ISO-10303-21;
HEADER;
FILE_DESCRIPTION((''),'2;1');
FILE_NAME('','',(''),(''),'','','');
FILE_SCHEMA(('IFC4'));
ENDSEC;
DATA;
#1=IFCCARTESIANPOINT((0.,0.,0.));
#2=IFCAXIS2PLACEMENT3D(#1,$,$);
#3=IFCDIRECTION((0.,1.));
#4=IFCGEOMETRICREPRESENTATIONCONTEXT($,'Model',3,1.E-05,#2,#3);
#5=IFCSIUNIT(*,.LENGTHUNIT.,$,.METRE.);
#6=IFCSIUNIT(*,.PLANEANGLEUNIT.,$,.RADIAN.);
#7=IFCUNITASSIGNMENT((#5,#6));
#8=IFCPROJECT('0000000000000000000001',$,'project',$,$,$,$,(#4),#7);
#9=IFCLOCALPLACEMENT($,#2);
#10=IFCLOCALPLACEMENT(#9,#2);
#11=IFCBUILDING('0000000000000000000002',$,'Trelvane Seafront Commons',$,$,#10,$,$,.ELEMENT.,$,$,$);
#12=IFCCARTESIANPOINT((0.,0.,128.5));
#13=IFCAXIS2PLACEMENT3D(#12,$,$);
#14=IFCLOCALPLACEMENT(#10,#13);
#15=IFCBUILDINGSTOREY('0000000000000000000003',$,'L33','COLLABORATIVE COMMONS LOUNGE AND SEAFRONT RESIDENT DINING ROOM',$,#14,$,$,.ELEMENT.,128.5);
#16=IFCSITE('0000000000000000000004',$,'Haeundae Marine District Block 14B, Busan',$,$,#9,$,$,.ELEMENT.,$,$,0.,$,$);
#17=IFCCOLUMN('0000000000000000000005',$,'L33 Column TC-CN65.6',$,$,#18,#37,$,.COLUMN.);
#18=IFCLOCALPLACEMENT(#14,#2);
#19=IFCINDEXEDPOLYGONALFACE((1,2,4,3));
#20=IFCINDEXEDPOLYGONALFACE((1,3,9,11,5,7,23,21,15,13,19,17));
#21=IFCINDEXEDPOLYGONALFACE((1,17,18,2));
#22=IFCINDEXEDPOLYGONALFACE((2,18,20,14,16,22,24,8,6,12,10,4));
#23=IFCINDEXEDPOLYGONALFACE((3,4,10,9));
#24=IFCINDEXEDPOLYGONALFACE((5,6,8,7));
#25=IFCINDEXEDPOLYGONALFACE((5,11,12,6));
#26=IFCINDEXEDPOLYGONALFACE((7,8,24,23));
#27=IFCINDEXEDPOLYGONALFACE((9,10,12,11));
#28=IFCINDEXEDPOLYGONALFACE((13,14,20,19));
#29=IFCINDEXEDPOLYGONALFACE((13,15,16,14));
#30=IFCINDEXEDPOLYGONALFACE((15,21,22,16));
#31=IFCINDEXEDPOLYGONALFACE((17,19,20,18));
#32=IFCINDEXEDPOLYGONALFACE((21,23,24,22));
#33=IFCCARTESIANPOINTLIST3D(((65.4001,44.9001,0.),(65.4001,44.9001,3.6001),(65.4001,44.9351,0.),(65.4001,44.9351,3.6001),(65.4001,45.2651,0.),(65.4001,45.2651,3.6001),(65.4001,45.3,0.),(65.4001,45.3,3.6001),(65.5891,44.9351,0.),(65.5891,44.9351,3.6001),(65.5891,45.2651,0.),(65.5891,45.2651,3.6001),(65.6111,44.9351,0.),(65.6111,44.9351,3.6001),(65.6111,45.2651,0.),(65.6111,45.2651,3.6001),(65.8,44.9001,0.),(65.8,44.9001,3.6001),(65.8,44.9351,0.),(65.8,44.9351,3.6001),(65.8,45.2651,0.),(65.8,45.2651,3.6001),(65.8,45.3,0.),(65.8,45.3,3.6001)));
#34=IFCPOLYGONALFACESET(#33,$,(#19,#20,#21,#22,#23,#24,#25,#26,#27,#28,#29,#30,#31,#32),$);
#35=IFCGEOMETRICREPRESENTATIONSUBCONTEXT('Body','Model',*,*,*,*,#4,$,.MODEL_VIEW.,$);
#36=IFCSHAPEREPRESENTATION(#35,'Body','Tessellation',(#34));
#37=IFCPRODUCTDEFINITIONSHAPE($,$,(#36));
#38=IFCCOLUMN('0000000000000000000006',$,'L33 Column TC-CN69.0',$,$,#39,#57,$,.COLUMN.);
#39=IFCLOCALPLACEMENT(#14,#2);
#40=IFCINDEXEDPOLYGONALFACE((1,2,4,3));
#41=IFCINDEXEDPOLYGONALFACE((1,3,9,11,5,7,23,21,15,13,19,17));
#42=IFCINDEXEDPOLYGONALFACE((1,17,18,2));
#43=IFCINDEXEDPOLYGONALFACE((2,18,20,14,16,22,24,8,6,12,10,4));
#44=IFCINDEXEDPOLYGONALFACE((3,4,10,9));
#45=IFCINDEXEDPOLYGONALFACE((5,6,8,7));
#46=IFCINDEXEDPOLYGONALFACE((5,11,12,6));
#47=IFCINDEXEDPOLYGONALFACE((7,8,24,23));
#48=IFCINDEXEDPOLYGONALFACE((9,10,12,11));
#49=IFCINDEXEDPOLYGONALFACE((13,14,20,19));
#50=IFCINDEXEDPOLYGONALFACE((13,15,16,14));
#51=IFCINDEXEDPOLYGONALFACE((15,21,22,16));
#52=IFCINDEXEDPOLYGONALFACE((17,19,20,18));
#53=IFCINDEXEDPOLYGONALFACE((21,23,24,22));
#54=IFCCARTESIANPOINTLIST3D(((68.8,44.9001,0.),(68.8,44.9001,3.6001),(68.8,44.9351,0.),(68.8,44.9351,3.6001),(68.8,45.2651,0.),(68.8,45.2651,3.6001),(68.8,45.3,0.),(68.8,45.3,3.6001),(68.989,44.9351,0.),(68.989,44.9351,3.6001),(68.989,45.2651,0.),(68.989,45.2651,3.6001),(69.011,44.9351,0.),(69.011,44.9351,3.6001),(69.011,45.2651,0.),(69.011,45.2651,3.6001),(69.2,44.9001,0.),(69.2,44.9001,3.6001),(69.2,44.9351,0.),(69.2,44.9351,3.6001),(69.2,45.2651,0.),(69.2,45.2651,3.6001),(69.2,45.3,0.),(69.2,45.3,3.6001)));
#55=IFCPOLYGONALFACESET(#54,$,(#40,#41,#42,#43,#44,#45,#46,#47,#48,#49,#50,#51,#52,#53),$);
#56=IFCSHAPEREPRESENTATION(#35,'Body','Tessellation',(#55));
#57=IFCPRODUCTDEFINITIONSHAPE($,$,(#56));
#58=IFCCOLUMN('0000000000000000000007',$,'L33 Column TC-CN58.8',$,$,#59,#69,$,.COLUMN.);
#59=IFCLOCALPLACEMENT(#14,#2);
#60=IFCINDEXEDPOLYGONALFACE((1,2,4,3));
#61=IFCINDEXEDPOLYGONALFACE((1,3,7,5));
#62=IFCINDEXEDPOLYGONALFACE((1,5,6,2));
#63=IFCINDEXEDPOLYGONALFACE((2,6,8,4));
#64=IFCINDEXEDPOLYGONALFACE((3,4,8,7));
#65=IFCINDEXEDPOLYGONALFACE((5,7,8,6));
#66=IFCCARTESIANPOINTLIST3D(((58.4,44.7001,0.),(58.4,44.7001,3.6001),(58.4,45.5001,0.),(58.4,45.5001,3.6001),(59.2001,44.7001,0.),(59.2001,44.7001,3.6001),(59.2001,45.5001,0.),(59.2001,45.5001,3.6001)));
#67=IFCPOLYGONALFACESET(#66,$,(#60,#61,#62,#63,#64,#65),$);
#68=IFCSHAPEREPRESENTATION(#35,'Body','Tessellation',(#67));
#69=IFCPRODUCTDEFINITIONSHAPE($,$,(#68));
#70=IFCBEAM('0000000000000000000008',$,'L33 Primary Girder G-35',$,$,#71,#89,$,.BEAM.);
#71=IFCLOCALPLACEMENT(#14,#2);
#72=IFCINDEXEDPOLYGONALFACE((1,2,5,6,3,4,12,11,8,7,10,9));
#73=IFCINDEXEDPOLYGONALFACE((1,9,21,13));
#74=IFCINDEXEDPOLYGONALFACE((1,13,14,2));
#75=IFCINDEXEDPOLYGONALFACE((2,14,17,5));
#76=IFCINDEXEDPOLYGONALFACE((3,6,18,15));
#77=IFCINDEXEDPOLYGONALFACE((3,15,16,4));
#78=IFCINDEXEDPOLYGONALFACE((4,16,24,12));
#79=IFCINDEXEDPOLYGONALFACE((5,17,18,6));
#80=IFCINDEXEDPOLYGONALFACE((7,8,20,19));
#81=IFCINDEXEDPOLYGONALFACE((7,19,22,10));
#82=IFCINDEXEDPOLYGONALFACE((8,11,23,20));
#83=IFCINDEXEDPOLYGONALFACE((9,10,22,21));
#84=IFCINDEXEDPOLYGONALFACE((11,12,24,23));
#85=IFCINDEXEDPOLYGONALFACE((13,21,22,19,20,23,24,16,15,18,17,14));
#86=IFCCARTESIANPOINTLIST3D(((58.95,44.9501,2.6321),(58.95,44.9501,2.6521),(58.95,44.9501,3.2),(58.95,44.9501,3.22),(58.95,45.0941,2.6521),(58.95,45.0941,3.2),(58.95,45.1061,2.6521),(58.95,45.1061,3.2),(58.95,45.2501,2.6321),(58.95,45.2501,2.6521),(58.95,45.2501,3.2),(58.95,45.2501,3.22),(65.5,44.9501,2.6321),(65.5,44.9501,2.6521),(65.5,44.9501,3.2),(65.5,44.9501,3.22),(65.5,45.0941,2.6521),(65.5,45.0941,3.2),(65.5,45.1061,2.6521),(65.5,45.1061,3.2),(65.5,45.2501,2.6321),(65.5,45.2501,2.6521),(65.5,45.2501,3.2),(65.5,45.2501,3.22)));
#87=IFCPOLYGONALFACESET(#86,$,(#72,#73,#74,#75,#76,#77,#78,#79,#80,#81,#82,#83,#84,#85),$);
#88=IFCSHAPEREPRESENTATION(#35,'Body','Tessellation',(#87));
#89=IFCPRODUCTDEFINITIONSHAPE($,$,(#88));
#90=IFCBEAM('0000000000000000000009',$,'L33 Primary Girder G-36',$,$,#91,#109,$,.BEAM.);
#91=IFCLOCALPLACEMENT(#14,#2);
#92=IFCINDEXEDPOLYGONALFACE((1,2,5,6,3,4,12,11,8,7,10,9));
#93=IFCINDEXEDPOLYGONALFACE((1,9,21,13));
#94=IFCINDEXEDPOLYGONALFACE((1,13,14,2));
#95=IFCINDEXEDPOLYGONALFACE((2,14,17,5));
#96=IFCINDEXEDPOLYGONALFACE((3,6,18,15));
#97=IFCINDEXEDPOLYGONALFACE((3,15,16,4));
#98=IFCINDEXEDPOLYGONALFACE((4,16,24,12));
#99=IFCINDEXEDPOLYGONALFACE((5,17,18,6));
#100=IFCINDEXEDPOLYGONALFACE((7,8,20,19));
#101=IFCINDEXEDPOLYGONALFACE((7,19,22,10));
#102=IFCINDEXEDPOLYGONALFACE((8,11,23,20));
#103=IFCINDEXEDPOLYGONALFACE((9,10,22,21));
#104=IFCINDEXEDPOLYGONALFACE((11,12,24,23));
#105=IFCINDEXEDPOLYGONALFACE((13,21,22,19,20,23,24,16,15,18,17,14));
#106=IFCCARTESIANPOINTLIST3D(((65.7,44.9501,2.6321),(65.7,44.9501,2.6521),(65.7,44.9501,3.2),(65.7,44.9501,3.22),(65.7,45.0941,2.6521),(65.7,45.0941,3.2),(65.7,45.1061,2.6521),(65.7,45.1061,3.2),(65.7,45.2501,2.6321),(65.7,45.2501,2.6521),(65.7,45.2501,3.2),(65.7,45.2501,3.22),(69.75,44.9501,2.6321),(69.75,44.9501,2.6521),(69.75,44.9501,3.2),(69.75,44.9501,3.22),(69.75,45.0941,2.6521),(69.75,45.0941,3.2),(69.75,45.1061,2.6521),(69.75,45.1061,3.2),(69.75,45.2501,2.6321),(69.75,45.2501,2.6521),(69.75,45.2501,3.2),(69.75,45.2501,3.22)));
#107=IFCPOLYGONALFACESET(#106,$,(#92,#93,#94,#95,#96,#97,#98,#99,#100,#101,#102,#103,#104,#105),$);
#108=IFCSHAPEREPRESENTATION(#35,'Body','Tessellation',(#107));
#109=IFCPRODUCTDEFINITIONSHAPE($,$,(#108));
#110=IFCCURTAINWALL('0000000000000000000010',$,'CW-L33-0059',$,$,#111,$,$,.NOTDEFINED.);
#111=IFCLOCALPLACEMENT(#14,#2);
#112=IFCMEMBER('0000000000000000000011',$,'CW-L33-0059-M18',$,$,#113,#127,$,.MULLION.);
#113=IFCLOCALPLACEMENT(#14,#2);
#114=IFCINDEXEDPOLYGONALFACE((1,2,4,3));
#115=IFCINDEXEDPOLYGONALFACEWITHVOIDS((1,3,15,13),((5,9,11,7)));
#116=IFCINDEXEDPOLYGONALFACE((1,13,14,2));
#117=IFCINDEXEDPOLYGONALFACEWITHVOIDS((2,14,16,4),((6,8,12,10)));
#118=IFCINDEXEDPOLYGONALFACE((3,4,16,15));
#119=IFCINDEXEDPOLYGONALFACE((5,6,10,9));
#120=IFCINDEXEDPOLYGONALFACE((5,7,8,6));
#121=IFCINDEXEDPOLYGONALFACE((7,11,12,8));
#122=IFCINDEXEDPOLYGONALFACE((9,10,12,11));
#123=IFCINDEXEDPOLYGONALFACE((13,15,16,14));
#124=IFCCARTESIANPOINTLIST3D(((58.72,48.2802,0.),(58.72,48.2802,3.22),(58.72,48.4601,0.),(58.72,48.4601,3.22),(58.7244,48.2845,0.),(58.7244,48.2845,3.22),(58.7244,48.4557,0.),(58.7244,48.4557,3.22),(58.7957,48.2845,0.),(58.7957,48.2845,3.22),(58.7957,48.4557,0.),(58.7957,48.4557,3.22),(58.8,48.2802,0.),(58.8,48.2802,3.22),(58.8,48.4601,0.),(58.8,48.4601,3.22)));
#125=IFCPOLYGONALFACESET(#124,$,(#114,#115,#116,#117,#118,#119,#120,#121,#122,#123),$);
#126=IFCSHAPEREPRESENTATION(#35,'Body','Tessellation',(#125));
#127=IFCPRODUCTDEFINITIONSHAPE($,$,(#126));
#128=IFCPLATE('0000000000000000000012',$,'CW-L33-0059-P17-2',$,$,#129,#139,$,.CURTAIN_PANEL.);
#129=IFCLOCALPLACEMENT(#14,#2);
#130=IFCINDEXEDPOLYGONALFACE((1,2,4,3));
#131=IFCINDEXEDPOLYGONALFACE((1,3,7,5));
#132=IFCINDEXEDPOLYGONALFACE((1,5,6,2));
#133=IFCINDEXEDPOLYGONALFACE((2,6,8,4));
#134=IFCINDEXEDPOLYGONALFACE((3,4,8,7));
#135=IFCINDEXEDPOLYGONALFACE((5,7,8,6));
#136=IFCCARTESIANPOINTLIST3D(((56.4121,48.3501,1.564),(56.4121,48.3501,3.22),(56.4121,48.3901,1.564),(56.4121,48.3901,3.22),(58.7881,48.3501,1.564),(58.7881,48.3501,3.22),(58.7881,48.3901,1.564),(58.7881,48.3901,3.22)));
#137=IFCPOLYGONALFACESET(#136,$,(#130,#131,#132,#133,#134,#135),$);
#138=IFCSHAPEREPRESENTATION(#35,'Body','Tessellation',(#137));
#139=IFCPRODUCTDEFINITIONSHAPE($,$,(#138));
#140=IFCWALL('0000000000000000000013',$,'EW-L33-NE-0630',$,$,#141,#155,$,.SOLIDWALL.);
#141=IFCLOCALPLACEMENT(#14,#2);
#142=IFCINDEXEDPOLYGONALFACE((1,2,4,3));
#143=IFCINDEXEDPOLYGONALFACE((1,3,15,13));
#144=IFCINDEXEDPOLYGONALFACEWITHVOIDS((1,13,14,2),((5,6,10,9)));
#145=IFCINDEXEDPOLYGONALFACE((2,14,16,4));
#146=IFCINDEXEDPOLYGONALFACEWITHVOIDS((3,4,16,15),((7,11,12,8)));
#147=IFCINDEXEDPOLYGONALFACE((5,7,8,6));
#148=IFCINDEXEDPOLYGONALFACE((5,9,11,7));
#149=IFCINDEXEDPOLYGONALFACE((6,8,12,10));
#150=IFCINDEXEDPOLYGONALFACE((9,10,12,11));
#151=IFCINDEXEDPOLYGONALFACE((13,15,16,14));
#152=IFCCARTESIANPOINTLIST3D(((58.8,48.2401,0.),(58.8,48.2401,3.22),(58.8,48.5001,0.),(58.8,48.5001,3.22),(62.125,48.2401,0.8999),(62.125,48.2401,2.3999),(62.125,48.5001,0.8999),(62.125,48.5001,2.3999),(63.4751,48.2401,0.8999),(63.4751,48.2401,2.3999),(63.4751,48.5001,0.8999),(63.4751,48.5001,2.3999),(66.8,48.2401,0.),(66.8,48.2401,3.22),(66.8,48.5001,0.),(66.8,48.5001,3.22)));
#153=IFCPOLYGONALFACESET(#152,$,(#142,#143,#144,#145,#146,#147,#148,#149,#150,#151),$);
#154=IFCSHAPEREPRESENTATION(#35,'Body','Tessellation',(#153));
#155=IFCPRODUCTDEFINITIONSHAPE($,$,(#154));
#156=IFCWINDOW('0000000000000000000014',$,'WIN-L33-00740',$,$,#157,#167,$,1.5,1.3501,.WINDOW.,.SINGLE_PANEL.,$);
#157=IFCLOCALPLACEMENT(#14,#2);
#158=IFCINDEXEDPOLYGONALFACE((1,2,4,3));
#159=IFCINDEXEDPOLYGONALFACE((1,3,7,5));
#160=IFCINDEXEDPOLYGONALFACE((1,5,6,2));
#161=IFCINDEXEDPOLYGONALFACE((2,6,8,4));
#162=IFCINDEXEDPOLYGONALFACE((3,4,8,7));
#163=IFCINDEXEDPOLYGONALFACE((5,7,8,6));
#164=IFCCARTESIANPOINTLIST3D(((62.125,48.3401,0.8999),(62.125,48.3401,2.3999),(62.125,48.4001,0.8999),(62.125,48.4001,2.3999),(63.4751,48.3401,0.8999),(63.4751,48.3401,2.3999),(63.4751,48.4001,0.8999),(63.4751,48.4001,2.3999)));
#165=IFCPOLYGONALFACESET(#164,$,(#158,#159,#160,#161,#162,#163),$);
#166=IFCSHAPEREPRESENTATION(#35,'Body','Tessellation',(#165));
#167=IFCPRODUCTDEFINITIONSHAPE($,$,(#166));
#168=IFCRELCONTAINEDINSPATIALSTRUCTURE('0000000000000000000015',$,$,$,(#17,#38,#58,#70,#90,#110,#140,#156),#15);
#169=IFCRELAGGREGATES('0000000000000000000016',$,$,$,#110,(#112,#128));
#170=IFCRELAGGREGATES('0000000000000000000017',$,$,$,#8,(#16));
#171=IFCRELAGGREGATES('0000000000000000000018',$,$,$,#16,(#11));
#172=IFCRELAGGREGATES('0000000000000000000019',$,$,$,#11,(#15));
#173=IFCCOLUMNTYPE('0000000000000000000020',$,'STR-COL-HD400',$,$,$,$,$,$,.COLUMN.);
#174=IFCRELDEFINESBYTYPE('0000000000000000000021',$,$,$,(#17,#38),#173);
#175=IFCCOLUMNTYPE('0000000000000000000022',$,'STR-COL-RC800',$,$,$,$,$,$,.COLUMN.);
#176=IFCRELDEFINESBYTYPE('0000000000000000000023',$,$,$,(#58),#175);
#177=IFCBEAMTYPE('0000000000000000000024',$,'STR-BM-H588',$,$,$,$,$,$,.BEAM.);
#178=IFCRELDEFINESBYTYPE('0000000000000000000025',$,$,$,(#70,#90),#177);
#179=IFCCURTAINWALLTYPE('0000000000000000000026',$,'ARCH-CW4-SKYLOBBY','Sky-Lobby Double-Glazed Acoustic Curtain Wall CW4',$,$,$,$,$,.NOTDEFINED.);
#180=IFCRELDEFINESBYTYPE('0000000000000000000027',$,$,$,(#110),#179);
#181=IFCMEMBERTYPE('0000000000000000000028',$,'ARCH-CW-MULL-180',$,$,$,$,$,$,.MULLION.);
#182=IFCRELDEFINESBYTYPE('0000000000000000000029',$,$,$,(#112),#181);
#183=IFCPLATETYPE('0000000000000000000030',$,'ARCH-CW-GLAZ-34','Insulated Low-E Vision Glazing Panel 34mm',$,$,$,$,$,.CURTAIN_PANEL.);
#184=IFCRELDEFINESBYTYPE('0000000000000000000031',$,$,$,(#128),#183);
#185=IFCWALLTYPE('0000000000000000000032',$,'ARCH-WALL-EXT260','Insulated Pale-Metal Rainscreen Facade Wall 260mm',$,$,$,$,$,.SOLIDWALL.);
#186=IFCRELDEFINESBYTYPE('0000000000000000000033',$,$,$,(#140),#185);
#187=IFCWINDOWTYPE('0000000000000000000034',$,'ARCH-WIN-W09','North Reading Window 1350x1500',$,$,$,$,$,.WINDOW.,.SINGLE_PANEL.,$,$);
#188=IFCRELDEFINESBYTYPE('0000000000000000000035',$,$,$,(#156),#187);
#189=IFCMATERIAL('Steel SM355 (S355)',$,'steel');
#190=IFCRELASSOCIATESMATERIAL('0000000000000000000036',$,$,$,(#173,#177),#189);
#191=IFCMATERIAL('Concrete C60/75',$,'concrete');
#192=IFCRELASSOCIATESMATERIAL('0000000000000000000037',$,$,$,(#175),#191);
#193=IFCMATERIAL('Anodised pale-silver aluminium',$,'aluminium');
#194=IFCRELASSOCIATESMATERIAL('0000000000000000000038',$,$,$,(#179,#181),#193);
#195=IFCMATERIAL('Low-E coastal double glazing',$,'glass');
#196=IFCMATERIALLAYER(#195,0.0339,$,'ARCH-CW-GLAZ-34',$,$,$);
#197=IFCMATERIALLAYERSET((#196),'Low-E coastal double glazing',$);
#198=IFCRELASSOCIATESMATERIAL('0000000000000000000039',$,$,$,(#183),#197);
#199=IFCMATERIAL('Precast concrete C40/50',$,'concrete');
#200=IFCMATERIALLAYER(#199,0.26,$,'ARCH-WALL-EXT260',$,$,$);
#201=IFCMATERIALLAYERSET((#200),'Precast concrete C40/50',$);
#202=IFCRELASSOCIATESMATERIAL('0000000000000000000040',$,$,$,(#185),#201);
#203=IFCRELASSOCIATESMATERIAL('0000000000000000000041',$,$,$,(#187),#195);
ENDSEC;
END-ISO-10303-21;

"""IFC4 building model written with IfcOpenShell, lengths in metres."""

from ifc_helpers import new_model, si_unit, direction, frame, frame_2d, origin, origin_2d, place, context, subcontext, project, spatial, rectangle, hollow_rectangle, i_section, extrude, source, transform, mapped, material, layer, layer_set, material_profile, profile_set, type_object, element, fill, aggregate, save


model = new_model("IFC4")

# Units and contexts
model_context = context("Model", 3, precision=1e-05, world=origin(), true_north=direction((0.0, 1.0)))
body_context = subcontext(model_context, "Body", "Model", "MODEL_VIEW")
ifc_project = project(units=[si_unit("LENGTHUNIT", "METRE"), si_unit("PLANEANGLEUNIT", "RADIAN")], contexts=[model_context])

# Site, building, storey
site_placement = place(None, origin())
site = spatial("IfcSite", under=ifc_project, at=site_placement, Name="Haeundae Marine District Block 14B, Busan", CompositionType="ELEMENT", RefElevation=0.0)
building_placement = place(site_placement, origin())
building = spatial("IfcBuilding", under=site, at=building_placement, Name="Trelvane Seafront Commons", CompositionType="ELEMENT")
storey_placement = place(building_placement, frame((0.0, 0.0, 128.5)))
storey = spatial("IfcBuildingStorey", under=building, at=storey_placement, Name="L33", Description="COLLABORATIVE COMMONS LOUNGE AND SEAFRONT RESIDENT DINING ROOM", CompositionType="ELEMENT", Elevation=128.5)

# Columns
ifc_material_1 = material(Name="Steel SM355 (S355)", Category="steel")
ifc_material_profile_1 = material_profile(ifc_material_1, i_section(OverallWidth=0.3999, OverallDepth=0.3999, WebThickness=0.022, FlangeThickness=0.0349, at=origin_2d()), Name="HD-400x400x22x35")
ifc_profile_set_1 = profile_set([ifc_material_profile_1], Name="Steel SM355 (S355)")
column_type_1 = type_object("IfcColumnType", Name="STR-COL-HD400", PredefinedType="COLUMN", material=ifc_profile_set_1)
shared_shape_1 = source(origin(), body_context, "Body", "SweptSolid", [
    extrude(i_section(OverallWidth=0.3999, OverallDepth=0.3999, WebThickness=0.022, FlangeThickness=0.0349, at=origin_2d()), origin(), (0.0, 0.0, 1.0), 3.6001),
])
for number, where, z_axis, x_axis, name in (
    (1, (65.6001, 45.1001, 0.0), (0.0, 0.0, 1.0), (1.0, 0.0, 0.0), "L33 Column TC-CN65.6"),
    (2, (69.0, 45.1001, 0.0), (0.0, 0.0, 1.0), (1.0, 0.0, 0.0), "L33 Column TC-CN69.0"),
):
    element("IfcColumn", number, at=place(storey_placement, frame(where, z_axis=z_axis, x_axis=x_axis)), inside=storey, type_object=column_type_1, Name=name, PredefinedType="COLUMN", context=body_context, shape_type="MappedRepresentation", body=[
        mapped(shared_shape_1, transform((0.0, 0.0, 0.0), x_axis=(1.0, 0.0, 0.0), y_axis=(0.0, 1.0, 0.0), z_axis=(0.0, 0.0, 1.0), scale=1.0)),
    ])
ifc_material_2 = material(Name="Concrete C60/75", Category="concrete")
ifc_material_profile_2 = material_profile(ifc_material_2, rectangle(XDim=0.8, YDim=0.8, at=origin_2d()), Name="RC-800x800")
ifc_profile_set_2 = profile_set([ifc_material_profile_2], Name="Concrete C60/75")
column_type_2 = type_object("IfcColumnType", Name="STR-COL-RC800", PredefinedType="COLUMN", material=ifc_profile_set_2)
shared_shape_2 = source(origin(), body_context, "Body", "SweptSolid", [
    extrude(rectangle(XDim=0.8, YDim=0.8, at=origin_2d()), origin(), (0.0, 0.0, 1.0), 3.6001),
])
column_placement = place(storey_placement, frame((58.8, 45.1001, 0.0), z_axis=(0.0, 0.0, 1.0), x_axis=(1.0, 0.0, 0.0)))
element("IfcColumn", 3, at=column_placement, inside=storey, type_object=column_type_2, Name="L33 Column TC-CN58.8", PredefinedType="COLUMN", context=body_context, shape_type="MappedRepresentation", body=[
    mapped(shared_shape_2, transform((0.0, 0.0, 0.0), x_axis=(1.0, 0.0, 0.0), y_axis=(0.0, 1.0, 0.0), z_axis=(0.0, 0.0, 1.0), scale=1.0)),
])

# Beams
ifc_material_profile_3 = material_profile(ifc_material_1, i_section(OverallWidth=0.3, OverallDepth=0.5879, WebThickness=0.012, FlangeThickness=0.02, at=origin_2d()), Name="H-588x300x12x20")
ifc_profile_set_3 = profile_set([ifc_material_profile_3], Name="Steel SM355 (S355)")
beam_type = type_object("IfcBeamType", Name="STR-BM-H588", PredefinedType="BEAM", material=ifc_profile_set_3)
shared_shape_3 = source(origin(), body_context, "Body", "SweptSolid", [
    extrude(i_section(OverallWidth=0.3, OverallDepth=0.5879, WebThickness=0.012, FlangeThickness=0.02, at=origin_2d()), origin(), (0.0, 0.0, 1.0), 6.55),
])
beam_1_placement = place(storey_placement, frame((58.95, 45.1001, 2.926), z_axis=(1.0, 0.0, 0.0), x_axis=(0.0, 1.0, 0.0)))
element("IfcBeam", 4, at=beam_1_placement, inside=storey, type_object=beam_type, Name="L33 Primary Girder G-35", PredefinedType="BEAM", context=body_context, shape_type="MappedRepresentation", body=[
    mapped(shared_shape_3, transform((0.0, 0.0, 0.0), x_axis=(1.0, 0.0, 0.0), y_axis=(0.0, 1.0, 0.0), z_axis=(0.0, 0.0, 1.0), scale=1.0)),
])
shared_shape_4 = source(origin(), body_context, "Body", "SweptSolid", [
    extrude(i_section(OverallWidth=0.3, OverallDepth=0.5879, WebThickness=0.012, FlangeThickness=0.02, at=origin_2d()), origin(), (0.0, 0.0, 1.0), 4.05),
])
beam_2_placement = place(storey_placement, frame((65.7, 45.1001, 2.926), z_axis=(1.0, 0.0, 0.0), x_axis=(0.0, 1.0, 0.0)))
element("IfcBeam", 5, at=beam_2_placement, inside=storey, type_object=beam_type, Name="L33 Primary Girder G-36", PredefinedType="BEAM", context=body_context, shape_type="MappedRepresentation", body=[
    mapped(shared_shape_4, transform((0.0, 0.0, 0.0), x_axis=(1.0, 0.0, 0.0), y_axis=(0.0, 1.0, 0.0), z_axis=(0.0, 0.0, 1.0), scale=1.0)),
])

# Curtain wall, member, plate
ifc_material_3 = material(Name="Anodised pale-silver aluminium", Category="aluminium")
curtain_wall_type = type_object("IfcCurtainWallType", Name="ARCH-CW4-SKYLOBBY", Description="Sky-Lobby Double-Glazed Acoustic Curtain Wall CW4", PredefinedType="NOTDEFINED", material=ifc_material_3)
curtain_wall_placement = place(storey_placement, origin())
curtain_wall = element("IfcCurtainWall", 6, at=curtain_wall_placement, inside=storey, type_object=curtain_wall_type, Name="CW-L33-0059", PredefinedType="NOTDEFINED")
ifc_material_profile_4 = material_profile(ifc_material_3, hollow_rectangle(XDim=0.0801, YDim=0.1799, WallThickness=0.0044, at=origin_2d()), Name="MULL-80x180x4.5")
ifc_profile_set_4 = profile_set([ifc_material_profile_4], Name="Anodised pale-silver aluminium")
member_type = type_object("IfcMemberType", Name="ARCH-CW-MULL-180", PredefinedType="MULLION", material=ifc_profile_set_4)
shared_shape_5 = source(origin(), body_context, "Body", "SweptSolid", [
    extrude(hollow_rectangle(XDim=0.0801, YDim=0.1799, WallThickness=0.0044, at=origin_2d()), origin(), (0.0, 0.0, 1.0), 3.22),
])
member_placement = place(storey_placement, frame((58.76, 48.3701, 0.0), z_axis=(0.0, 0.0, 1.0), x_axis=(1.0, 0.0, 0.0)))
member = element("IfcMember", 7, at=member_placement, type_object=member_type, Name="CW-L33-0059-M18", PredefinedType="MULLION", context=body_context, shape_type="MappedRepresentation", body=[
    mapped(shared_shape_5, transform((0.0, 0.0, 0.0), x_axis=(1.0, 0.0, 0.0), y_axis=(0.0, 1.0, 0.0), z_axis=(0.0, 0.0, 1.0), scale=1.0)),
])
ifc_material_4 = material(Name="Low-E coastal double glazing", Category="glass")
ifc_layer_1 = layer(ifc_material_4, 0.0339, Name="ARCH-CW-GLAZ-34")
ifc_layer_set_1 = layer_set([ifc_layer_1], Name="Low-E coastal double glazing")
plate_type = type_object("IfcPlateType", Name="ARCH-CW-GLAZ-34", Description="Insulated Low-E Vision Glazing Panel 34mm", PredefinedType="CURTAIN_PANEL", material=ifc_layer_set_1)
shared_shape_6 = source(origin(), body_context, "Body", "SweptSolid", [
    extrude(rectangle(XDim=2.376, YDim=0.04, at=origin_2d()), origin(), (0.0, 0.0, 1.0), 1.656),
])
plate_placement = place(storey_placement, frame((57.6001, 48.3701, 1.564), z_axis=(0.0, 0.0, 1.0), x_axis=(1.0, 0.0, 0.0)))
plate = element("IfcPlate", 8, at=plate_placement, type_object=plate_type, Name="CW-L33-0059-P17-2", PredefinedType="CURTAIN_PANEL", context=body_context, shape_type="MappedRepresentation", body=[
    mapped(shared_shape_6, transform((0.0, 0.0, 0.0), x_axis=(1.0, 0.0, 0.0), y_axis=(0.0, 1.0, 0.0), z_axis=(0.0, 0.0, 1.0), scale=1.0)),
])
aggregate(curtain_wall, [member, plate])

# Wall, opening, window
ifc_material_5 = material(Name="Precast concrete C40/50", Category="concrete")
ifc_layer_2 = layer(ifc_material_5, 0.26, Name="ARCH-WALL-EXT260")
ifc_layer_set_2 = layer_set([ifc_layer_2], Name="Precast concrete C40/50")
wall_type = type_object("IfcWallType", Name="ARCH-WALL-EXT260", Description="Insulated Pale-Metal Rainscreen Facade Wall 260mm", PredefinedType="SOLIDWALL", material=ifc_layer_set_2)
wall_1_placement = place(storey_placement, frame((58.8, 48.3701, 0.0), z_axis=(0.0, 0.0, 1.0), x_axis=(1.0, 0.0, 0.0)))
wall_1 = element("IfcWall", 9, at=wall_1_placement, inside=storey, type_object=wall_type, Name="EW-L33-NE-0630", PredefinedType="SOLIDWALL", context=body_context, shape_type="SweptSolid", body=[
    extrude(rectangle(XDim=8.0, YDim=0.26, at=frame_2d((4.0, 0.0))), origin(), (0.0, 0.0, 1.0), 3.22),
])
opening_1_placement = place(wall_1_placement, frame((3.325, 0.0, 0.8999)))
opening_1 = element("IfcOpeningElement", 10, at=opening_1_placement, cuts=wall_1, PredefinedType="OPENING", context=body_context, shape_type="SweptSolid", body=[
    extrude(rectangle(XDim=1.3501, YDim=1.5, at=frame_2d((0.675, 0.75))), frame((0.0, 0.1399, 0.0), z_axis=(0.0, -1.0, 0.0), x_axis=(1.0, 0.0, 0.0)), (0.0, 0.0, 1.0), 0.28),
])
window_type_1 = type_object("IfcWindowType", Name="ARCH-WIN-W09", Description="North Reading Window 1350x1500", PartitioningType="SINGLE_PANEL", PredefinedType="WINDOW", material=ifc_material_4)
shared_shape_7 = source(origin(), body_context, "Body", "SweptSolid", [
    extrude(rectangle(XDim=1.3501, YDim=1.5, at=frame_2d((0.675, 0.75))), frame((0.0, 0.03, 0.0), z_axis=(0.0, -1.0, 0.0), x_axis=(1.0, 0.0, 0.0)), (0.0, 0.0, 1.0), 0.0601),
])
window_1_placement = place(opening_1_placement, origin())
window_1 = element("IfcWindow", 11, at=window_1_placement, inside=storey, type_object=window_type_1, Name="WIN-L33-00740", OverallHeight=1.5, OverallWidth=1.3501, PartitioningType="SINGLE_PANEL", PredefinedType="WINDOW", context=body_context, shape_type="MappedRepresentation", body=[
    mapped(shared_shape_7, transform((0.0, 0.0, 0.0), x_axis=(1.0, 0.0, 0.0), y_axis=(0.0, 1.0, 0.0), z_axis=(0.0, 0.0, 1.0), scale=1.0)),
])
fill(opening_1, window_1)

save(model, "model.ifc")
